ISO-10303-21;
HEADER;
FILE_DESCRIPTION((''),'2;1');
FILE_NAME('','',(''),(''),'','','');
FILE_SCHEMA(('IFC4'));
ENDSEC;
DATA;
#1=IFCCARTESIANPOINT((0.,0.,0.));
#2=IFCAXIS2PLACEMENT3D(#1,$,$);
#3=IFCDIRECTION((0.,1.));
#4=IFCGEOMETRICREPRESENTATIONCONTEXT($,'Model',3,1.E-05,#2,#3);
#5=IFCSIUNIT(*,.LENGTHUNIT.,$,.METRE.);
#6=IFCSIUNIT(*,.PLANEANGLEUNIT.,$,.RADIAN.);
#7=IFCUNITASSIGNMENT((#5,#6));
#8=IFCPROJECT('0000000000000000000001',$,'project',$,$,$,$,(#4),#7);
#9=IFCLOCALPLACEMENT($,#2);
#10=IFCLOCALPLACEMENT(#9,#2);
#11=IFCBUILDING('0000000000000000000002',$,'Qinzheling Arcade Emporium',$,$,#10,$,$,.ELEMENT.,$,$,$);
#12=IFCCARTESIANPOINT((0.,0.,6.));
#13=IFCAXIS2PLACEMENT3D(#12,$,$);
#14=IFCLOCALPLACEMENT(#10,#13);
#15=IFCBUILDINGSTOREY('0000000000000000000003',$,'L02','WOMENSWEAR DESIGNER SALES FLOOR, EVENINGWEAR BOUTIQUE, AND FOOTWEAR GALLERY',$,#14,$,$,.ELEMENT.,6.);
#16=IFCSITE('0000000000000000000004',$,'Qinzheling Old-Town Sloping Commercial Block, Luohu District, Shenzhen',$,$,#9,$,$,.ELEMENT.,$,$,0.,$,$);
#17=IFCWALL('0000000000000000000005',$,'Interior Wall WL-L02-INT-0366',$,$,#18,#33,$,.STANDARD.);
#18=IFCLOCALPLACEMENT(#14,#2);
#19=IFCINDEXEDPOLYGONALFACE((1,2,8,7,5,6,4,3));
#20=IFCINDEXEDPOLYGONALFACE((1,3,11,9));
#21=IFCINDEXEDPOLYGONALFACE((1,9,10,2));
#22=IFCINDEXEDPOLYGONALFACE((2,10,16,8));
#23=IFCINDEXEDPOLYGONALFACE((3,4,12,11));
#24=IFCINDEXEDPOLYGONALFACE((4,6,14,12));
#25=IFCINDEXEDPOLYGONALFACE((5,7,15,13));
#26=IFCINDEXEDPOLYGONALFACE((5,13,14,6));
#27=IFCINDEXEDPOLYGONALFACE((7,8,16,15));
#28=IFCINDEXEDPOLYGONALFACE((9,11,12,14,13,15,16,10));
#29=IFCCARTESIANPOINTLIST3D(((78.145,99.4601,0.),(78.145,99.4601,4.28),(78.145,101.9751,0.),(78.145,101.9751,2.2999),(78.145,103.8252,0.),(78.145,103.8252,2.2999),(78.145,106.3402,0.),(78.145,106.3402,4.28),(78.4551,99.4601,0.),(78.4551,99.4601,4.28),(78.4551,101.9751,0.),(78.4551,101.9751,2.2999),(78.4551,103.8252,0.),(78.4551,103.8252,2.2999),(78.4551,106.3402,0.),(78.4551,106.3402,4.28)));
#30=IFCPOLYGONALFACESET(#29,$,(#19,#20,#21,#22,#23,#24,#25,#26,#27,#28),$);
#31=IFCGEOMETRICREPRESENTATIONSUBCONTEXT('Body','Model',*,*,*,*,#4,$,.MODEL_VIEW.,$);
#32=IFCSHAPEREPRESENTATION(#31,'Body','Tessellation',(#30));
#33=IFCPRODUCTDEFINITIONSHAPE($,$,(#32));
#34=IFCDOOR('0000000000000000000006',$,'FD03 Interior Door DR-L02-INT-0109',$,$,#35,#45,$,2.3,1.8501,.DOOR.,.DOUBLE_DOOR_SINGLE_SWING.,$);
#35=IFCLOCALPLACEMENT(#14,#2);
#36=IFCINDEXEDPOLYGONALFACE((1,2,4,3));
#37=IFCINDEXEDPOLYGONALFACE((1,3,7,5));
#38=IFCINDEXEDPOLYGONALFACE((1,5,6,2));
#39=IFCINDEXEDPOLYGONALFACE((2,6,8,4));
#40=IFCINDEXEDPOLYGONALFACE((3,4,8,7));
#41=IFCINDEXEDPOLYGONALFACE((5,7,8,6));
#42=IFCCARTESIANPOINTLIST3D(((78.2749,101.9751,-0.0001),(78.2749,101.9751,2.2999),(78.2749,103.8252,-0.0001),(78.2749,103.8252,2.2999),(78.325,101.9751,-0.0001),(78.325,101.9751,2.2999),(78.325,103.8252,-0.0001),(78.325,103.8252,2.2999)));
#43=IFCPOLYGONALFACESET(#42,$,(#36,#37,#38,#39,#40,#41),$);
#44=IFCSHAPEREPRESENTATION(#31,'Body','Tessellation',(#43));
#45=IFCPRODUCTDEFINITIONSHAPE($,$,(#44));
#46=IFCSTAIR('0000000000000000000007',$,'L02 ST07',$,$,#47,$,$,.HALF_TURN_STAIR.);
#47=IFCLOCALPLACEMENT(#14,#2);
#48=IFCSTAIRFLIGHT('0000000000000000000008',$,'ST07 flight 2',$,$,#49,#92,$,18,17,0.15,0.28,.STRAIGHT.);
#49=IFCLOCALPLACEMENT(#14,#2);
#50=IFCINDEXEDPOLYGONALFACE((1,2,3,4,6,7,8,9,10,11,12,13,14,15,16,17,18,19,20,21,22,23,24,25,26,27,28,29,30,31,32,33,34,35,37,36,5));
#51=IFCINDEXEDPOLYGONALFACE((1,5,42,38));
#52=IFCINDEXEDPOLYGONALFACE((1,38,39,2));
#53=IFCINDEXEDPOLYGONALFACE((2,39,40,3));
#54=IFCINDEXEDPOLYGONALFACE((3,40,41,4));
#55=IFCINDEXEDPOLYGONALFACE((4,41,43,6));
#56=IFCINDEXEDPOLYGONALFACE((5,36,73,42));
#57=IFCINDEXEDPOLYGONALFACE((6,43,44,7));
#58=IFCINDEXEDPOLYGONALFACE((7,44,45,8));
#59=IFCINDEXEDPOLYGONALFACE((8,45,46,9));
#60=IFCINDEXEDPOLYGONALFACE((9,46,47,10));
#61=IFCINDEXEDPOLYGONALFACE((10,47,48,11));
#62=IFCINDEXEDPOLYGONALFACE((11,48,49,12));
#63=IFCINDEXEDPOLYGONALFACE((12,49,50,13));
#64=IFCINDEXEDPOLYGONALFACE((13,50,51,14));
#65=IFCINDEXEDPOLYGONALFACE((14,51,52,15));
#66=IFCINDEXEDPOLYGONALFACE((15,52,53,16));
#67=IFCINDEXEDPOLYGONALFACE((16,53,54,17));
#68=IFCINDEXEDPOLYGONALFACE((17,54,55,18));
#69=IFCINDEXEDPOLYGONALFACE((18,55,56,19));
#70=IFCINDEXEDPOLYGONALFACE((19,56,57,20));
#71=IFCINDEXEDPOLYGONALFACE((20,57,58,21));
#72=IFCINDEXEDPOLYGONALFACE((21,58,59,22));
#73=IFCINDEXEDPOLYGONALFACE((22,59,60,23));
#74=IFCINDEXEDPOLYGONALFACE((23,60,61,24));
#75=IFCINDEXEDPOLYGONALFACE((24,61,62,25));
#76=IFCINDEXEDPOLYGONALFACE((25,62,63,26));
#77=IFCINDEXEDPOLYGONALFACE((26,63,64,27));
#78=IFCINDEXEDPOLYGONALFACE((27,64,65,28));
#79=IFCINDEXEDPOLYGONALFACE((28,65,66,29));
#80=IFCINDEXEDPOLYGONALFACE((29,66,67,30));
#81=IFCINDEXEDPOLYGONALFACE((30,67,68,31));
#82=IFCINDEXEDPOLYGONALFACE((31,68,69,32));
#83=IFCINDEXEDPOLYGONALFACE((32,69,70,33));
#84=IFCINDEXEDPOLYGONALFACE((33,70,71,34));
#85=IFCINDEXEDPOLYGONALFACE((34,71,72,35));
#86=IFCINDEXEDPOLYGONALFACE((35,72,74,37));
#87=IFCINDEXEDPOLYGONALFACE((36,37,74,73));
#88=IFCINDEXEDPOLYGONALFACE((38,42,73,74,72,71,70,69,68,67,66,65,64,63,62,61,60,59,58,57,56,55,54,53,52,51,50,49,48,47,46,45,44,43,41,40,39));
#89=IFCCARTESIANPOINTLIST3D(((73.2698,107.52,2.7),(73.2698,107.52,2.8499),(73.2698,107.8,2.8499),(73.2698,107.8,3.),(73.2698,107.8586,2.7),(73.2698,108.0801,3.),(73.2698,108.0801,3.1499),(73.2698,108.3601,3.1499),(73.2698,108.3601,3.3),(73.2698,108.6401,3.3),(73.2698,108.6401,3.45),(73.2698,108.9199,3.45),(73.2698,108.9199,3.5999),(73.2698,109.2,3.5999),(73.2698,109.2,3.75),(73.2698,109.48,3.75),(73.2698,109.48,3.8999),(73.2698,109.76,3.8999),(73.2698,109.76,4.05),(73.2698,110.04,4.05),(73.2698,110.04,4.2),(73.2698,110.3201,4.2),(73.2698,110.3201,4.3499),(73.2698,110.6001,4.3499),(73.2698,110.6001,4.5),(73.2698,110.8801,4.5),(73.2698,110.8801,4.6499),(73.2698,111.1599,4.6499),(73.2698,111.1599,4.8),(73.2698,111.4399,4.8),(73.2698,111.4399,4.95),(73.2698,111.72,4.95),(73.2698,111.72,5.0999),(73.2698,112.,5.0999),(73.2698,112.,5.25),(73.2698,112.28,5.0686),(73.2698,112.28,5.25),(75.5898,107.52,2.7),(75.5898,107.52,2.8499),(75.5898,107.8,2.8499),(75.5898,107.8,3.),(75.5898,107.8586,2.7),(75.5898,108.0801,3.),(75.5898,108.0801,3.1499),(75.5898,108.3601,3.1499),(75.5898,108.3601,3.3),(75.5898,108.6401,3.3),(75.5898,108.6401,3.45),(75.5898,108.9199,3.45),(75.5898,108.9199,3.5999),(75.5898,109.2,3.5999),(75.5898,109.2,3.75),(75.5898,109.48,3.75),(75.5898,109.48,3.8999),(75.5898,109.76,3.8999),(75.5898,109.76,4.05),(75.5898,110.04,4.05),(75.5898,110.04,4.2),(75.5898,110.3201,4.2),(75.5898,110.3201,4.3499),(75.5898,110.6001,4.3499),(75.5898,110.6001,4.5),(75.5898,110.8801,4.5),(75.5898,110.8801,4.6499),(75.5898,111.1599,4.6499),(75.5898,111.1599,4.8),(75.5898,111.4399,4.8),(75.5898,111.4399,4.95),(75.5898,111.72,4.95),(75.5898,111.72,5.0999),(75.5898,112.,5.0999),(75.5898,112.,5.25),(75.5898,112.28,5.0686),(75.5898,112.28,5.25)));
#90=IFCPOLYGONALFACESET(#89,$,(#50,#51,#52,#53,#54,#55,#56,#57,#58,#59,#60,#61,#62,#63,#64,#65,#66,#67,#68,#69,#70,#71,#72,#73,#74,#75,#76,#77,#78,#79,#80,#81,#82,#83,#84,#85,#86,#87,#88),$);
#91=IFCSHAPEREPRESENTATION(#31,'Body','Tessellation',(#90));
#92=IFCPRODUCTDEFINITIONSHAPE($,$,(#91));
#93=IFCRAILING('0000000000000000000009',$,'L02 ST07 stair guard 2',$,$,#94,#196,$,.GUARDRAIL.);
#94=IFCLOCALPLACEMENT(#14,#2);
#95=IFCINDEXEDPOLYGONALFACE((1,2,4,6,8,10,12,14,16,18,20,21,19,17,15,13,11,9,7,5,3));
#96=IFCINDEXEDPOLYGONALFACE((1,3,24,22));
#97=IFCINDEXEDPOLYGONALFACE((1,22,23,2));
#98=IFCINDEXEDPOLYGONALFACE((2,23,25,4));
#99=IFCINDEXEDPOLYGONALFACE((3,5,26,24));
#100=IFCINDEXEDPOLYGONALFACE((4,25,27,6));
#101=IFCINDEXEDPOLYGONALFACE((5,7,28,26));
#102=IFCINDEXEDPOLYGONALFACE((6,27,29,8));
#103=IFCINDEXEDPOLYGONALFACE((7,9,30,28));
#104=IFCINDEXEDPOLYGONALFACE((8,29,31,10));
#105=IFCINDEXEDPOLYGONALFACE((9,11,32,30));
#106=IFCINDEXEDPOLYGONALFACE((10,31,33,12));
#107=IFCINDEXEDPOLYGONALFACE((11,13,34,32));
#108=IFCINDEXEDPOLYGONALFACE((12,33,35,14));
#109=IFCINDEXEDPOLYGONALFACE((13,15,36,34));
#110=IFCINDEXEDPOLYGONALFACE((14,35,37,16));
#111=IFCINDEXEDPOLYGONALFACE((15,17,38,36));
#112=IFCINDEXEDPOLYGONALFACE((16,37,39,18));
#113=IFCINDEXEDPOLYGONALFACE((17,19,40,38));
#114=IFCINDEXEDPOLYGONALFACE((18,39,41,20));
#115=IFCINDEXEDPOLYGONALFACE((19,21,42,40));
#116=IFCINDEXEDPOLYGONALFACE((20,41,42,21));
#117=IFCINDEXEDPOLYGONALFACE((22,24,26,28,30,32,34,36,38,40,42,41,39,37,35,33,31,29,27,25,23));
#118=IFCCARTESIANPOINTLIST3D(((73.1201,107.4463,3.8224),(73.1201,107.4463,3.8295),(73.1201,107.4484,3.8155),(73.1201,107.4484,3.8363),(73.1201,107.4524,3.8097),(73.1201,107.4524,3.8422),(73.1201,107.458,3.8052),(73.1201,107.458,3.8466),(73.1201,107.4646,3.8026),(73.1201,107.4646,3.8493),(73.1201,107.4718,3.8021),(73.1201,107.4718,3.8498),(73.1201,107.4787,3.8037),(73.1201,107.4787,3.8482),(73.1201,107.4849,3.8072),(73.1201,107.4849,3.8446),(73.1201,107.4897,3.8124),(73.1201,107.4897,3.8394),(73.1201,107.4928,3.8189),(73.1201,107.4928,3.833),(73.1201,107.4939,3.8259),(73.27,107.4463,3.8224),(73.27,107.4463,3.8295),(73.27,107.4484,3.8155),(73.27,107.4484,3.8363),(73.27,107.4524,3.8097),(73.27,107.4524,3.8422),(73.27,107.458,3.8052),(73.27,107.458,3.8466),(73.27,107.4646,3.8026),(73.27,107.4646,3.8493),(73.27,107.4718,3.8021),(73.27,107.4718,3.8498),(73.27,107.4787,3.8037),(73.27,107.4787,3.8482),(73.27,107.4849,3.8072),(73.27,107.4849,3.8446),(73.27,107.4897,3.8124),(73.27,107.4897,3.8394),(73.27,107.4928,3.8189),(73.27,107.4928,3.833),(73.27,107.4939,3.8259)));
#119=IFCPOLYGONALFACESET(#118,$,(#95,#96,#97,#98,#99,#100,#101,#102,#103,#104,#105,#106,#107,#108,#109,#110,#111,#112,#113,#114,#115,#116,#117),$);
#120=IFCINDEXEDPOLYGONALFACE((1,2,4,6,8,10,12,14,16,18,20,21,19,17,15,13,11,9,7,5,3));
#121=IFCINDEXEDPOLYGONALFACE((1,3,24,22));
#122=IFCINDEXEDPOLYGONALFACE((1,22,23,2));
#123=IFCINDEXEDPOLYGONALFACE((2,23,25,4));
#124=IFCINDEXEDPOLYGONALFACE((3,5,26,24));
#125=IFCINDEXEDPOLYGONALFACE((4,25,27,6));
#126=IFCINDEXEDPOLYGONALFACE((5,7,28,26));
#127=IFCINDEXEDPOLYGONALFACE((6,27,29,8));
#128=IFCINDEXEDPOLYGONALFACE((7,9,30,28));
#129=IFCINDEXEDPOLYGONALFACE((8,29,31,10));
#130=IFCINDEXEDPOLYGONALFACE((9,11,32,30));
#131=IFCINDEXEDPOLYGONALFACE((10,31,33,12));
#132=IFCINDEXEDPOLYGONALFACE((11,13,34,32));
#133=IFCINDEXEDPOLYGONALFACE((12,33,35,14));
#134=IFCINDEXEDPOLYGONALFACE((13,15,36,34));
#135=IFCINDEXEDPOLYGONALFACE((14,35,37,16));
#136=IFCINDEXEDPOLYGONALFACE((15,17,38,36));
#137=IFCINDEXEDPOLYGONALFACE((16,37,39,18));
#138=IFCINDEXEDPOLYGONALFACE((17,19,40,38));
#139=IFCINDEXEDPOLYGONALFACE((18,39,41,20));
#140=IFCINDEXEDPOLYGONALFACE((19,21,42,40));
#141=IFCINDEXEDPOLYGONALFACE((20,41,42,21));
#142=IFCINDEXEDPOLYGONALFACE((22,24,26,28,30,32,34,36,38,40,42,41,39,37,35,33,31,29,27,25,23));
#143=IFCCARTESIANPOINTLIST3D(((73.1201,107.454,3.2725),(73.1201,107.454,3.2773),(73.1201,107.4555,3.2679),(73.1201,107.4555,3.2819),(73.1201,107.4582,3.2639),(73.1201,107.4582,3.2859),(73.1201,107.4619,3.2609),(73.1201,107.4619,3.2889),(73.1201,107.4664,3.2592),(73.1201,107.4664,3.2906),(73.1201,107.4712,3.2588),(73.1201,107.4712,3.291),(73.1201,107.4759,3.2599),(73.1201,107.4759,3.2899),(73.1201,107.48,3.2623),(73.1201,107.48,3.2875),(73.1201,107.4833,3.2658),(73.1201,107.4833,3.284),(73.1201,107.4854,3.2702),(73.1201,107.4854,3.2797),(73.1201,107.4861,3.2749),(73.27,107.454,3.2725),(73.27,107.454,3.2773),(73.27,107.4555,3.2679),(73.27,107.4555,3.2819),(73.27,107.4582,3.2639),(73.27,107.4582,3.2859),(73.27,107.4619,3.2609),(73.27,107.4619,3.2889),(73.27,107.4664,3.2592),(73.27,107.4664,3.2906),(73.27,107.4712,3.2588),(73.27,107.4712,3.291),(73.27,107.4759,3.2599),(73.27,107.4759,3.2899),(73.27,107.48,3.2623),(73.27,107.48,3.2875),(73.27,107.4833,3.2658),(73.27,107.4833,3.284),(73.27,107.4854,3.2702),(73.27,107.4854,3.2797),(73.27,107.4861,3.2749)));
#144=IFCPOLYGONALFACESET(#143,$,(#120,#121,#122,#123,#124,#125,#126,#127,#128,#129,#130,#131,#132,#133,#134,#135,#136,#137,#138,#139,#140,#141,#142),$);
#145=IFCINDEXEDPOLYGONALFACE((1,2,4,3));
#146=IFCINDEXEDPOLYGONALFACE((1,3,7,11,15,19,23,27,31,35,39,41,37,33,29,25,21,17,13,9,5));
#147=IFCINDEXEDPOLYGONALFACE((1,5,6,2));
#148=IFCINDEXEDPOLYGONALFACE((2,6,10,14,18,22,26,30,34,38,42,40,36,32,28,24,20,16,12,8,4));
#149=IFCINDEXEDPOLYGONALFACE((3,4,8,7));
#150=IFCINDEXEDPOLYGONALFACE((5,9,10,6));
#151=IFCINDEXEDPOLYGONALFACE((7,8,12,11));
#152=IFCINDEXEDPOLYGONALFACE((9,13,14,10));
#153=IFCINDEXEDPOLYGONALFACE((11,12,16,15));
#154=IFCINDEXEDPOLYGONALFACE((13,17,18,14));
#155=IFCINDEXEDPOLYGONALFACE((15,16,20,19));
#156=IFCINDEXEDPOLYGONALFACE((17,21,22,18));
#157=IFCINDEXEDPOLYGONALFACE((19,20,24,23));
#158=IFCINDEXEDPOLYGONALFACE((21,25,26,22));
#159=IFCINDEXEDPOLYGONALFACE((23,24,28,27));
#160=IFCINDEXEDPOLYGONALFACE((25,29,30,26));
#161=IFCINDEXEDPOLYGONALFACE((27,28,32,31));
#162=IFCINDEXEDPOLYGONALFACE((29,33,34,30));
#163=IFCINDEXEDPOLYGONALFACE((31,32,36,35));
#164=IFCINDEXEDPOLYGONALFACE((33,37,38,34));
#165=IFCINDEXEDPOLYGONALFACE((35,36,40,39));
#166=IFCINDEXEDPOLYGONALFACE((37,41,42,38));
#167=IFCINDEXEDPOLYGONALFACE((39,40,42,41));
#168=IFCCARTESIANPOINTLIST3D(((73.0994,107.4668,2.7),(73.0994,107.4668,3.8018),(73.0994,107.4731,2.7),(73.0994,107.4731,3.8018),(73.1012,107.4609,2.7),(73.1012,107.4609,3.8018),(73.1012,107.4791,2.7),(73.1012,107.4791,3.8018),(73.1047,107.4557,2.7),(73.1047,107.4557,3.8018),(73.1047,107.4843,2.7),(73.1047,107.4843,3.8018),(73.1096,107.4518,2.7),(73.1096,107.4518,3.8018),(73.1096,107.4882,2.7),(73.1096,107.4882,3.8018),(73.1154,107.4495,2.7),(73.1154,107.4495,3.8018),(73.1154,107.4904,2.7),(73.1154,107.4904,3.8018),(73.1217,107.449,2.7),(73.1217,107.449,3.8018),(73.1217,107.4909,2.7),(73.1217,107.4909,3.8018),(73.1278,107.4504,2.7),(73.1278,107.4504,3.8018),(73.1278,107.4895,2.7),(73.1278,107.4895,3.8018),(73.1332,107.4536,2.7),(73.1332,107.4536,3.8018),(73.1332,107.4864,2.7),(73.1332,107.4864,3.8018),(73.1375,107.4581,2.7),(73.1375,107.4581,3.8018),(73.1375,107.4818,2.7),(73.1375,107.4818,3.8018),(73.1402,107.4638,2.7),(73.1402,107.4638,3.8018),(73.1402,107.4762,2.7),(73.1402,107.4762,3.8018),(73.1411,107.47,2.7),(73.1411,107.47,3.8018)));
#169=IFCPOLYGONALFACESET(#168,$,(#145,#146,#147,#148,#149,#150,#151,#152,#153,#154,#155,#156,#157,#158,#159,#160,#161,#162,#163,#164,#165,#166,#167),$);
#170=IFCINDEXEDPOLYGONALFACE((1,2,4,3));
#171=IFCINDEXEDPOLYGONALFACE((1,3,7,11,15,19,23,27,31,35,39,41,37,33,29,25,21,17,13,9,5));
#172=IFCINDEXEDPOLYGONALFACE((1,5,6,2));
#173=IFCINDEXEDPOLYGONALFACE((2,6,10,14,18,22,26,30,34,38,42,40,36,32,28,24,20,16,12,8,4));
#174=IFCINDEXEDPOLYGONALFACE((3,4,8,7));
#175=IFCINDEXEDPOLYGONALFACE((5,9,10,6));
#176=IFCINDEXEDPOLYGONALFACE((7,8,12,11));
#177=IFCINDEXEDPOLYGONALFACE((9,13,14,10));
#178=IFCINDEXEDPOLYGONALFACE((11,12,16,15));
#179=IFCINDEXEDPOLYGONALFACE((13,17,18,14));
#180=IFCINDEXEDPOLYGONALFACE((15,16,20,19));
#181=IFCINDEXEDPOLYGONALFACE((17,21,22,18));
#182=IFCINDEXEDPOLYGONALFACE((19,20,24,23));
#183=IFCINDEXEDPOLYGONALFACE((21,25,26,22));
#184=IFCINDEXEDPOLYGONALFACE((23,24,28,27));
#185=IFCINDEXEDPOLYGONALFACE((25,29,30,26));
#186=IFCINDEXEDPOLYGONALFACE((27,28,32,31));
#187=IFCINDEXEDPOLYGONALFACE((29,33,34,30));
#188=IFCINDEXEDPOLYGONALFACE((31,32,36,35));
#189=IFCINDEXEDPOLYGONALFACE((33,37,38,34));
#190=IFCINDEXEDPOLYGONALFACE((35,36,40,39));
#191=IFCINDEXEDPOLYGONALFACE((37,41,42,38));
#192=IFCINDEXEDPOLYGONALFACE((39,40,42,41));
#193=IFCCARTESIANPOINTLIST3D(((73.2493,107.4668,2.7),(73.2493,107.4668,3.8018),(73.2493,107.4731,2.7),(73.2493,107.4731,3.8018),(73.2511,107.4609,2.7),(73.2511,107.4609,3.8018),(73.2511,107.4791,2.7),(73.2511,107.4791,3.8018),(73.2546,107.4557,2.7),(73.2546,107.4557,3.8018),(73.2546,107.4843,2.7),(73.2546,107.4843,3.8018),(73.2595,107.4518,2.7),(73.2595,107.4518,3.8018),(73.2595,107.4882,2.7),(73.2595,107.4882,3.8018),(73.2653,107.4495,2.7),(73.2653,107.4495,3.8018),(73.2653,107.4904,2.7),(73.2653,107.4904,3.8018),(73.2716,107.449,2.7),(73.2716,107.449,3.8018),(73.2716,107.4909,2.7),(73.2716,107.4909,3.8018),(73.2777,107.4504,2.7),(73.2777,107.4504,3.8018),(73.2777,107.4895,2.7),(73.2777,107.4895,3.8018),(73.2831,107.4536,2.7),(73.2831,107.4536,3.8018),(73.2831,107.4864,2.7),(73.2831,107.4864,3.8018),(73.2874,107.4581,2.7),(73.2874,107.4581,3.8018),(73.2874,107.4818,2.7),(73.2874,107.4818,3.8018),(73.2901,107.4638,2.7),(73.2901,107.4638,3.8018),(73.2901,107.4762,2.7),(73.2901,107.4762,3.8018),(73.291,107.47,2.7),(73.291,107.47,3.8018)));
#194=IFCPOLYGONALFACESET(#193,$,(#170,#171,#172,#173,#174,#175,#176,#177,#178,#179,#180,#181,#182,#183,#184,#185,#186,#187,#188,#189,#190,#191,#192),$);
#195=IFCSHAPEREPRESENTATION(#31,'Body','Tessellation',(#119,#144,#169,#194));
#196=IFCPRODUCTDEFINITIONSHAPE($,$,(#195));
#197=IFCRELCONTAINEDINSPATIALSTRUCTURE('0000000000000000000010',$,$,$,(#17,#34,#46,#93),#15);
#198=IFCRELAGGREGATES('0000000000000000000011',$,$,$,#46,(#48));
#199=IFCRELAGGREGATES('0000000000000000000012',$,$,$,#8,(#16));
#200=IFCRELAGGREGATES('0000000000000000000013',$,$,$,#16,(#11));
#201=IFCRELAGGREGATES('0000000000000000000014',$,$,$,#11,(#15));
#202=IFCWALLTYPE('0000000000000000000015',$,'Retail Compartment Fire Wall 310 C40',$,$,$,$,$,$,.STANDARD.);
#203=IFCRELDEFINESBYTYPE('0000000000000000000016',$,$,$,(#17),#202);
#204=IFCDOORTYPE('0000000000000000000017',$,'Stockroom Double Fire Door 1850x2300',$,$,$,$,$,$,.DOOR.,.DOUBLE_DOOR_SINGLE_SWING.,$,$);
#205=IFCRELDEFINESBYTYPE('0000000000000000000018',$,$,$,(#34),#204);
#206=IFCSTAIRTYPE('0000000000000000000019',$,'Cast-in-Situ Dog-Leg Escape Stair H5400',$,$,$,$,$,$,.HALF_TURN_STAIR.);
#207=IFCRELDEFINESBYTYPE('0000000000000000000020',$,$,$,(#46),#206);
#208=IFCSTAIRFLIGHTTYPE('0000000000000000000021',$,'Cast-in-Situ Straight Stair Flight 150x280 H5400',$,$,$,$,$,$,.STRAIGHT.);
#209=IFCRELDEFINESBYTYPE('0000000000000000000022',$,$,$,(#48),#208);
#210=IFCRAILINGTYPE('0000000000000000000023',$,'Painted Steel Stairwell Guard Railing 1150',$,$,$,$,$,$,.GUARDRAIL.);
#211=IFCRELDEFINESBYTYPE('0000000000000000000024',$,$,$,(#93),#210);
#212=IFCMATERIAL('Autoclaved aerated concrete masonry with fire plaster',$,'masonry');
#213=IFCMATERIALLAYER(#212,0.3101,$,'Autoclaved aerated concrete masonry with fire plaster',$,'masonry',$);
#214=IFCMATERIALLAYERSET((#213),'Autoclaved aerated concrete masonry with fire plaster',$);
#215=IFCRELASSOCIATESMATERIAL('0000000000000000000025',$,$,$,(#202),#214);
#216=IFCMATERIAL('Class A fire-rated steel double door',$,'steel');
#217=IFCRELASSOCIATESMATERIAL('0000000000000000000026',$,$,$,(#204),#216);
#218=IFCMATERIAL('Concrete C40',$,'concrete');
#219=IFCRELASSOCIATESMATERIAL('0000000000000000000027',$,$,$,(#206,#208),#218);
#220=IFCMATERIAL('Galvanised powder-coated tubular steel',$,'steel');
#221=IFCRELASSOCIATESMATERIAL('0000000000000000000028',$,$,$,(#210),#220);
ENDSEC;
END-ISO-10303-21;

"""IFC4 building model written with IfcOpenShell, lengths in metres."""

from ifc_helpers import new_model, si_unit, direction, frame, frame_2d, origin, origin_2d, place, context, subcontext, project, spatial, polyline, rectangle, circle, outline, extrude, material, layer, layer_set, type_object, element, fill, aggregate, save


model = new_model("IFC4")

# Units and contexts
model_context = context("Model", 3, precision=1e-05, world=origin(), true_north=direction((0.0, 1.0)))
body_context = subcontext(model_context, "Body", "Model", "MODEL_VIEW")
ifc_project = project(units=[si_unit("LENGTHUNIT", "METRE"), si_unit("PLANEANGLEUNIT", "RADIAN")], contexts=[model_context])

# Site, building, storey
site_placement = place(None, origin())
site = spatial("IfcSite", under=ifc_project, at=site_placement, Name="Qinzheling Old-Town Sloping Commercial Block, Luohu District, Shenzhen", CompositionType="ELEMENT", RefElevation=0.0)
building_placement = place(site_placement, origin())
building = spatial("IfcBuilding", under=site, at=building_placement, Name="Qinzheling Arcade Emporium", CompositionType="ELEMENT")
storey_placement = place(building_placement, frame((0.0, 0.0, 6.0)))
storey = spatial("IfcBuildingStorey", under=building, at=storey_placement, Name="L02", Description="WOMENSWEAR DESIGNER SALES FLOOR, EVENINGWEAR BOUTIQUE, AND FOOTWEAR GALLERY", CompositionType="ELEMENT", Elevation=6.0)

# Shared definitions
ifc_material_1 = material(Name="Concrete C40", Category="concrete")

# Wall, opening, door
ifc_material_2 = material(Name="Autoclaved aerated concrete masonry with fire plaster", Category="masonry")
ifc_layer_1 = layer(ifc_material_2, 0.3101, Name="Autoclaved aerated concrete masonry with fire plaster", Category="masonry")
ifc_layer_set_1 = layer_set([ifc_layer_1], Name="Autoclaved aerated concrete masonry with fire plaster")
wall_type_1 = type_object("IfcWallType", Name="Retail Compartment Fire Wall 310 C40", PredefinedType="STANDARD", material=ifc_layer_set_1)
wall_1_placement = place(storey_placement, frame((78.3, 106.3401, 0.0), z_axis=(0.0, 0.0, 1.0), x_axis=(0.0, -1.0, 0.0)))
wall_1 = element("IfcWall", 1, at=wall_1_placement, inside=storey, type_object=wall_type_1, Name="Interior Wall WL-L02-INT-0366", PredefinedType="STANDARD", context=body_context, shape_type="SweptSolid", body=[
    extrude(rectangle(XDim=6.8801, YDim=0.3101, at=frame_2d((3.4399, 0.0))), origin(), (0.0, 0.0, 1.0), 4.28),
])
opening_1_placement = place(wall_1_placement, frame((2.5149, 0.0, 0.0)))
opening_1 = element("IfcOpeningElement", 2, at=opening_1_placement, cuts=wall_1, PredefinedType="OPENING", context=body_context, shape_type="SweptSolid", body=[
    extrude(rectangle(XDim=1.8501, YDim=2.3, at=frame_2d((0.925, 1.1499))), frame((0.0, 0.165, 0.0), z_axis=(0.0, -1.0, 0.0), x_axis=(1.0, 0.0, 0.0)), (0.0, 0.0, 1.0), 0.3301),
])
ifc_material_3 = material(Name="Class A fire-rated steel double door", Category="steel")
door_type_1 = type_object("IfcDoorType", Name="Stockroom Double Fire Door 1850x2300", OperationType="DOUBLE_DOOR_SINGLE_SWING", PredefinedType="DOOR", material=ifc_material_3)
door_1_placement = place(opening_1_placement, origin())
door_1 = element("IfcDoor", 3, at=door_1_placement, inside=storey, type_object=door_type_1, Name="FD03 Interior Door DR-L02-INT-0109", OperationType="DOUBLE_DOOR_SINGLE_SWING", OverallHeight=2.3, OverallWidth=1.8501, PredefinedType="DOOR", context=body_context, shape_type="SweptSolid", body=[
    extrude(rectangle(XDim=1.8501, YDim=2.3, at=frame_2d((0.925, 1.1499))), frame((0.0, 0.0249, 0.0), z_axis=(0.0, -1.0, 0.0), x_axis=(1.0, 0.0, 0.0)), (0.0, 0.0, 1.0), 0.05),
])
fill(opening_1, door_1)

# Stair, stair flight
stair_type = type_object("IfcStairType", Name="Cast-in-Situ Dog-Leg Escape Stair H5400", PredefinedType="HALF_TURN_STAIR", material=ifc_material_1)
stair_placement = place(storey_placement, origin())
stair = element("IfcStair", 4, at=stair_placement, inside=storey, type_object=stair_type, Name="L02 ST07", PredefinedType="HALF_TURN_STAIR")
stair_flight_type = type_object("IfcStairFlightType", Name="Cast-in-Situ Straight Stair Flight 150x280 H5400", PredefinedType="STRAIGHT", material=ifc_material_1)
stair_flight_placement = place(storey_placement, frame((74.4299, 107.52, 2.7), z_axis=(0.0, 0.0, 1.0), x_axis=(0.0, 1.0, 0.0)))
stair_flight = element("IfcStairFlight", 5, at=stair_flight_placement, type_object=stair_flight_type, Name="ST07 flight 2", NumberOfRisers=18, NumberOfTreads=17, PredefinedType="STRAIGHT", RiserHeight=0.15, TreadLength=0.28, context=body_context, shape_type="SweptSolid", body=[
    extrude(outline(polyline([(0.0, 0.0), (0.0, 0.1499), (0.28, 0.1499), (0.28, 0.3), (0.5601, 0.3), (0.5601, 0.45), (0.8401, 0.45), (0.8401, 0.6001), (1.1201, 0.6001), (1.1201, 0.75), (1.3999, 0.75), (1.3999, 0.8999), (1.6799, 0.8999), (1.6799, 1.05), (1.96, 1.05), (1.96, 1.2), (2.24, 1.2), (2.24, 1.3501), (2.52, 1.3501), (2.52, 1.5), (2.8, 1.5), (2.8, 1.6499), (3.0801, 1.6499), (3.0801, 1.8), (3.3601, 1.8), (3.3601, 1.95), (3.6399, 1.95), (3.6399, 2.1001), (3.9199, 2.1001), (3.9199, 2.25), (4.2, 2.25), (4.2, 2.3999), (4.48, 2.3999), (4.48, 2.55), (4.76, 2.55), (4.76, 2.7), (4.76, 2.3687), (0.3386, 0.0), (0.0, 0.0)])), frame((0.0, 1.1602, 0.0), z_axis=(0.0, -1.0, 0.0), x_axis=(1.0, 0.0, 0.0)), (0.0, 0.0, 1.0), 2.3201),
])
aggregate(stair, [stair_flight])

# Railing
ifc_material_4 = material(Name="Galvanised powder-coated tubular steel", Category="steel")
railing_type_1 = type_object("IfcRailingType", Name="Painted Steel Stairwell Guard Railing 1150", PredefinedType="GUARDRAIL", material=ifc_material_4)
railing_1_placement = place(storey_placement, frame((73.1201, 107.47, 2.7)))
element("IfcRailing", 6, at=railing_1_placement, inside=storey, type_object=railing_type_1, Name="L02 ST07 stair guard 2", PredefinedType="GUARDRAIL", context=body_context, shape_type="SweptSolid", body=[
    extrude(circle(Radius=0.0239, at=origin_2d()), frame((0.0, 0.0, 1.126), z_axis=(1.0, 0.0, 0.0), x_axis=(0.0, 1.0, 0.0)), (0.0, 0.0, 1.0), 0.1499),
    extrude(circle(Radius=0.0161, at=origin_2d()), frame((0.0, 0.0, 0.575), z_axis=(1.0, 0.0, 0.0), x_axis=(0.0, 1.0, 0.0)), (0.0, 0.0, 1.0), 0.1499),
    extrude(circle(Radius=0.021, at=origin_2d()), origin(), (0.0, 0.0, 1.0), 1.1018),
    extrude(circle(Radius=0.021, at=origin_2d()), frame((0.1499, 0.0, 0.0)), (0.0, 0.0, 1.0), 1.1018),
])

save(model, "model.ifc")
